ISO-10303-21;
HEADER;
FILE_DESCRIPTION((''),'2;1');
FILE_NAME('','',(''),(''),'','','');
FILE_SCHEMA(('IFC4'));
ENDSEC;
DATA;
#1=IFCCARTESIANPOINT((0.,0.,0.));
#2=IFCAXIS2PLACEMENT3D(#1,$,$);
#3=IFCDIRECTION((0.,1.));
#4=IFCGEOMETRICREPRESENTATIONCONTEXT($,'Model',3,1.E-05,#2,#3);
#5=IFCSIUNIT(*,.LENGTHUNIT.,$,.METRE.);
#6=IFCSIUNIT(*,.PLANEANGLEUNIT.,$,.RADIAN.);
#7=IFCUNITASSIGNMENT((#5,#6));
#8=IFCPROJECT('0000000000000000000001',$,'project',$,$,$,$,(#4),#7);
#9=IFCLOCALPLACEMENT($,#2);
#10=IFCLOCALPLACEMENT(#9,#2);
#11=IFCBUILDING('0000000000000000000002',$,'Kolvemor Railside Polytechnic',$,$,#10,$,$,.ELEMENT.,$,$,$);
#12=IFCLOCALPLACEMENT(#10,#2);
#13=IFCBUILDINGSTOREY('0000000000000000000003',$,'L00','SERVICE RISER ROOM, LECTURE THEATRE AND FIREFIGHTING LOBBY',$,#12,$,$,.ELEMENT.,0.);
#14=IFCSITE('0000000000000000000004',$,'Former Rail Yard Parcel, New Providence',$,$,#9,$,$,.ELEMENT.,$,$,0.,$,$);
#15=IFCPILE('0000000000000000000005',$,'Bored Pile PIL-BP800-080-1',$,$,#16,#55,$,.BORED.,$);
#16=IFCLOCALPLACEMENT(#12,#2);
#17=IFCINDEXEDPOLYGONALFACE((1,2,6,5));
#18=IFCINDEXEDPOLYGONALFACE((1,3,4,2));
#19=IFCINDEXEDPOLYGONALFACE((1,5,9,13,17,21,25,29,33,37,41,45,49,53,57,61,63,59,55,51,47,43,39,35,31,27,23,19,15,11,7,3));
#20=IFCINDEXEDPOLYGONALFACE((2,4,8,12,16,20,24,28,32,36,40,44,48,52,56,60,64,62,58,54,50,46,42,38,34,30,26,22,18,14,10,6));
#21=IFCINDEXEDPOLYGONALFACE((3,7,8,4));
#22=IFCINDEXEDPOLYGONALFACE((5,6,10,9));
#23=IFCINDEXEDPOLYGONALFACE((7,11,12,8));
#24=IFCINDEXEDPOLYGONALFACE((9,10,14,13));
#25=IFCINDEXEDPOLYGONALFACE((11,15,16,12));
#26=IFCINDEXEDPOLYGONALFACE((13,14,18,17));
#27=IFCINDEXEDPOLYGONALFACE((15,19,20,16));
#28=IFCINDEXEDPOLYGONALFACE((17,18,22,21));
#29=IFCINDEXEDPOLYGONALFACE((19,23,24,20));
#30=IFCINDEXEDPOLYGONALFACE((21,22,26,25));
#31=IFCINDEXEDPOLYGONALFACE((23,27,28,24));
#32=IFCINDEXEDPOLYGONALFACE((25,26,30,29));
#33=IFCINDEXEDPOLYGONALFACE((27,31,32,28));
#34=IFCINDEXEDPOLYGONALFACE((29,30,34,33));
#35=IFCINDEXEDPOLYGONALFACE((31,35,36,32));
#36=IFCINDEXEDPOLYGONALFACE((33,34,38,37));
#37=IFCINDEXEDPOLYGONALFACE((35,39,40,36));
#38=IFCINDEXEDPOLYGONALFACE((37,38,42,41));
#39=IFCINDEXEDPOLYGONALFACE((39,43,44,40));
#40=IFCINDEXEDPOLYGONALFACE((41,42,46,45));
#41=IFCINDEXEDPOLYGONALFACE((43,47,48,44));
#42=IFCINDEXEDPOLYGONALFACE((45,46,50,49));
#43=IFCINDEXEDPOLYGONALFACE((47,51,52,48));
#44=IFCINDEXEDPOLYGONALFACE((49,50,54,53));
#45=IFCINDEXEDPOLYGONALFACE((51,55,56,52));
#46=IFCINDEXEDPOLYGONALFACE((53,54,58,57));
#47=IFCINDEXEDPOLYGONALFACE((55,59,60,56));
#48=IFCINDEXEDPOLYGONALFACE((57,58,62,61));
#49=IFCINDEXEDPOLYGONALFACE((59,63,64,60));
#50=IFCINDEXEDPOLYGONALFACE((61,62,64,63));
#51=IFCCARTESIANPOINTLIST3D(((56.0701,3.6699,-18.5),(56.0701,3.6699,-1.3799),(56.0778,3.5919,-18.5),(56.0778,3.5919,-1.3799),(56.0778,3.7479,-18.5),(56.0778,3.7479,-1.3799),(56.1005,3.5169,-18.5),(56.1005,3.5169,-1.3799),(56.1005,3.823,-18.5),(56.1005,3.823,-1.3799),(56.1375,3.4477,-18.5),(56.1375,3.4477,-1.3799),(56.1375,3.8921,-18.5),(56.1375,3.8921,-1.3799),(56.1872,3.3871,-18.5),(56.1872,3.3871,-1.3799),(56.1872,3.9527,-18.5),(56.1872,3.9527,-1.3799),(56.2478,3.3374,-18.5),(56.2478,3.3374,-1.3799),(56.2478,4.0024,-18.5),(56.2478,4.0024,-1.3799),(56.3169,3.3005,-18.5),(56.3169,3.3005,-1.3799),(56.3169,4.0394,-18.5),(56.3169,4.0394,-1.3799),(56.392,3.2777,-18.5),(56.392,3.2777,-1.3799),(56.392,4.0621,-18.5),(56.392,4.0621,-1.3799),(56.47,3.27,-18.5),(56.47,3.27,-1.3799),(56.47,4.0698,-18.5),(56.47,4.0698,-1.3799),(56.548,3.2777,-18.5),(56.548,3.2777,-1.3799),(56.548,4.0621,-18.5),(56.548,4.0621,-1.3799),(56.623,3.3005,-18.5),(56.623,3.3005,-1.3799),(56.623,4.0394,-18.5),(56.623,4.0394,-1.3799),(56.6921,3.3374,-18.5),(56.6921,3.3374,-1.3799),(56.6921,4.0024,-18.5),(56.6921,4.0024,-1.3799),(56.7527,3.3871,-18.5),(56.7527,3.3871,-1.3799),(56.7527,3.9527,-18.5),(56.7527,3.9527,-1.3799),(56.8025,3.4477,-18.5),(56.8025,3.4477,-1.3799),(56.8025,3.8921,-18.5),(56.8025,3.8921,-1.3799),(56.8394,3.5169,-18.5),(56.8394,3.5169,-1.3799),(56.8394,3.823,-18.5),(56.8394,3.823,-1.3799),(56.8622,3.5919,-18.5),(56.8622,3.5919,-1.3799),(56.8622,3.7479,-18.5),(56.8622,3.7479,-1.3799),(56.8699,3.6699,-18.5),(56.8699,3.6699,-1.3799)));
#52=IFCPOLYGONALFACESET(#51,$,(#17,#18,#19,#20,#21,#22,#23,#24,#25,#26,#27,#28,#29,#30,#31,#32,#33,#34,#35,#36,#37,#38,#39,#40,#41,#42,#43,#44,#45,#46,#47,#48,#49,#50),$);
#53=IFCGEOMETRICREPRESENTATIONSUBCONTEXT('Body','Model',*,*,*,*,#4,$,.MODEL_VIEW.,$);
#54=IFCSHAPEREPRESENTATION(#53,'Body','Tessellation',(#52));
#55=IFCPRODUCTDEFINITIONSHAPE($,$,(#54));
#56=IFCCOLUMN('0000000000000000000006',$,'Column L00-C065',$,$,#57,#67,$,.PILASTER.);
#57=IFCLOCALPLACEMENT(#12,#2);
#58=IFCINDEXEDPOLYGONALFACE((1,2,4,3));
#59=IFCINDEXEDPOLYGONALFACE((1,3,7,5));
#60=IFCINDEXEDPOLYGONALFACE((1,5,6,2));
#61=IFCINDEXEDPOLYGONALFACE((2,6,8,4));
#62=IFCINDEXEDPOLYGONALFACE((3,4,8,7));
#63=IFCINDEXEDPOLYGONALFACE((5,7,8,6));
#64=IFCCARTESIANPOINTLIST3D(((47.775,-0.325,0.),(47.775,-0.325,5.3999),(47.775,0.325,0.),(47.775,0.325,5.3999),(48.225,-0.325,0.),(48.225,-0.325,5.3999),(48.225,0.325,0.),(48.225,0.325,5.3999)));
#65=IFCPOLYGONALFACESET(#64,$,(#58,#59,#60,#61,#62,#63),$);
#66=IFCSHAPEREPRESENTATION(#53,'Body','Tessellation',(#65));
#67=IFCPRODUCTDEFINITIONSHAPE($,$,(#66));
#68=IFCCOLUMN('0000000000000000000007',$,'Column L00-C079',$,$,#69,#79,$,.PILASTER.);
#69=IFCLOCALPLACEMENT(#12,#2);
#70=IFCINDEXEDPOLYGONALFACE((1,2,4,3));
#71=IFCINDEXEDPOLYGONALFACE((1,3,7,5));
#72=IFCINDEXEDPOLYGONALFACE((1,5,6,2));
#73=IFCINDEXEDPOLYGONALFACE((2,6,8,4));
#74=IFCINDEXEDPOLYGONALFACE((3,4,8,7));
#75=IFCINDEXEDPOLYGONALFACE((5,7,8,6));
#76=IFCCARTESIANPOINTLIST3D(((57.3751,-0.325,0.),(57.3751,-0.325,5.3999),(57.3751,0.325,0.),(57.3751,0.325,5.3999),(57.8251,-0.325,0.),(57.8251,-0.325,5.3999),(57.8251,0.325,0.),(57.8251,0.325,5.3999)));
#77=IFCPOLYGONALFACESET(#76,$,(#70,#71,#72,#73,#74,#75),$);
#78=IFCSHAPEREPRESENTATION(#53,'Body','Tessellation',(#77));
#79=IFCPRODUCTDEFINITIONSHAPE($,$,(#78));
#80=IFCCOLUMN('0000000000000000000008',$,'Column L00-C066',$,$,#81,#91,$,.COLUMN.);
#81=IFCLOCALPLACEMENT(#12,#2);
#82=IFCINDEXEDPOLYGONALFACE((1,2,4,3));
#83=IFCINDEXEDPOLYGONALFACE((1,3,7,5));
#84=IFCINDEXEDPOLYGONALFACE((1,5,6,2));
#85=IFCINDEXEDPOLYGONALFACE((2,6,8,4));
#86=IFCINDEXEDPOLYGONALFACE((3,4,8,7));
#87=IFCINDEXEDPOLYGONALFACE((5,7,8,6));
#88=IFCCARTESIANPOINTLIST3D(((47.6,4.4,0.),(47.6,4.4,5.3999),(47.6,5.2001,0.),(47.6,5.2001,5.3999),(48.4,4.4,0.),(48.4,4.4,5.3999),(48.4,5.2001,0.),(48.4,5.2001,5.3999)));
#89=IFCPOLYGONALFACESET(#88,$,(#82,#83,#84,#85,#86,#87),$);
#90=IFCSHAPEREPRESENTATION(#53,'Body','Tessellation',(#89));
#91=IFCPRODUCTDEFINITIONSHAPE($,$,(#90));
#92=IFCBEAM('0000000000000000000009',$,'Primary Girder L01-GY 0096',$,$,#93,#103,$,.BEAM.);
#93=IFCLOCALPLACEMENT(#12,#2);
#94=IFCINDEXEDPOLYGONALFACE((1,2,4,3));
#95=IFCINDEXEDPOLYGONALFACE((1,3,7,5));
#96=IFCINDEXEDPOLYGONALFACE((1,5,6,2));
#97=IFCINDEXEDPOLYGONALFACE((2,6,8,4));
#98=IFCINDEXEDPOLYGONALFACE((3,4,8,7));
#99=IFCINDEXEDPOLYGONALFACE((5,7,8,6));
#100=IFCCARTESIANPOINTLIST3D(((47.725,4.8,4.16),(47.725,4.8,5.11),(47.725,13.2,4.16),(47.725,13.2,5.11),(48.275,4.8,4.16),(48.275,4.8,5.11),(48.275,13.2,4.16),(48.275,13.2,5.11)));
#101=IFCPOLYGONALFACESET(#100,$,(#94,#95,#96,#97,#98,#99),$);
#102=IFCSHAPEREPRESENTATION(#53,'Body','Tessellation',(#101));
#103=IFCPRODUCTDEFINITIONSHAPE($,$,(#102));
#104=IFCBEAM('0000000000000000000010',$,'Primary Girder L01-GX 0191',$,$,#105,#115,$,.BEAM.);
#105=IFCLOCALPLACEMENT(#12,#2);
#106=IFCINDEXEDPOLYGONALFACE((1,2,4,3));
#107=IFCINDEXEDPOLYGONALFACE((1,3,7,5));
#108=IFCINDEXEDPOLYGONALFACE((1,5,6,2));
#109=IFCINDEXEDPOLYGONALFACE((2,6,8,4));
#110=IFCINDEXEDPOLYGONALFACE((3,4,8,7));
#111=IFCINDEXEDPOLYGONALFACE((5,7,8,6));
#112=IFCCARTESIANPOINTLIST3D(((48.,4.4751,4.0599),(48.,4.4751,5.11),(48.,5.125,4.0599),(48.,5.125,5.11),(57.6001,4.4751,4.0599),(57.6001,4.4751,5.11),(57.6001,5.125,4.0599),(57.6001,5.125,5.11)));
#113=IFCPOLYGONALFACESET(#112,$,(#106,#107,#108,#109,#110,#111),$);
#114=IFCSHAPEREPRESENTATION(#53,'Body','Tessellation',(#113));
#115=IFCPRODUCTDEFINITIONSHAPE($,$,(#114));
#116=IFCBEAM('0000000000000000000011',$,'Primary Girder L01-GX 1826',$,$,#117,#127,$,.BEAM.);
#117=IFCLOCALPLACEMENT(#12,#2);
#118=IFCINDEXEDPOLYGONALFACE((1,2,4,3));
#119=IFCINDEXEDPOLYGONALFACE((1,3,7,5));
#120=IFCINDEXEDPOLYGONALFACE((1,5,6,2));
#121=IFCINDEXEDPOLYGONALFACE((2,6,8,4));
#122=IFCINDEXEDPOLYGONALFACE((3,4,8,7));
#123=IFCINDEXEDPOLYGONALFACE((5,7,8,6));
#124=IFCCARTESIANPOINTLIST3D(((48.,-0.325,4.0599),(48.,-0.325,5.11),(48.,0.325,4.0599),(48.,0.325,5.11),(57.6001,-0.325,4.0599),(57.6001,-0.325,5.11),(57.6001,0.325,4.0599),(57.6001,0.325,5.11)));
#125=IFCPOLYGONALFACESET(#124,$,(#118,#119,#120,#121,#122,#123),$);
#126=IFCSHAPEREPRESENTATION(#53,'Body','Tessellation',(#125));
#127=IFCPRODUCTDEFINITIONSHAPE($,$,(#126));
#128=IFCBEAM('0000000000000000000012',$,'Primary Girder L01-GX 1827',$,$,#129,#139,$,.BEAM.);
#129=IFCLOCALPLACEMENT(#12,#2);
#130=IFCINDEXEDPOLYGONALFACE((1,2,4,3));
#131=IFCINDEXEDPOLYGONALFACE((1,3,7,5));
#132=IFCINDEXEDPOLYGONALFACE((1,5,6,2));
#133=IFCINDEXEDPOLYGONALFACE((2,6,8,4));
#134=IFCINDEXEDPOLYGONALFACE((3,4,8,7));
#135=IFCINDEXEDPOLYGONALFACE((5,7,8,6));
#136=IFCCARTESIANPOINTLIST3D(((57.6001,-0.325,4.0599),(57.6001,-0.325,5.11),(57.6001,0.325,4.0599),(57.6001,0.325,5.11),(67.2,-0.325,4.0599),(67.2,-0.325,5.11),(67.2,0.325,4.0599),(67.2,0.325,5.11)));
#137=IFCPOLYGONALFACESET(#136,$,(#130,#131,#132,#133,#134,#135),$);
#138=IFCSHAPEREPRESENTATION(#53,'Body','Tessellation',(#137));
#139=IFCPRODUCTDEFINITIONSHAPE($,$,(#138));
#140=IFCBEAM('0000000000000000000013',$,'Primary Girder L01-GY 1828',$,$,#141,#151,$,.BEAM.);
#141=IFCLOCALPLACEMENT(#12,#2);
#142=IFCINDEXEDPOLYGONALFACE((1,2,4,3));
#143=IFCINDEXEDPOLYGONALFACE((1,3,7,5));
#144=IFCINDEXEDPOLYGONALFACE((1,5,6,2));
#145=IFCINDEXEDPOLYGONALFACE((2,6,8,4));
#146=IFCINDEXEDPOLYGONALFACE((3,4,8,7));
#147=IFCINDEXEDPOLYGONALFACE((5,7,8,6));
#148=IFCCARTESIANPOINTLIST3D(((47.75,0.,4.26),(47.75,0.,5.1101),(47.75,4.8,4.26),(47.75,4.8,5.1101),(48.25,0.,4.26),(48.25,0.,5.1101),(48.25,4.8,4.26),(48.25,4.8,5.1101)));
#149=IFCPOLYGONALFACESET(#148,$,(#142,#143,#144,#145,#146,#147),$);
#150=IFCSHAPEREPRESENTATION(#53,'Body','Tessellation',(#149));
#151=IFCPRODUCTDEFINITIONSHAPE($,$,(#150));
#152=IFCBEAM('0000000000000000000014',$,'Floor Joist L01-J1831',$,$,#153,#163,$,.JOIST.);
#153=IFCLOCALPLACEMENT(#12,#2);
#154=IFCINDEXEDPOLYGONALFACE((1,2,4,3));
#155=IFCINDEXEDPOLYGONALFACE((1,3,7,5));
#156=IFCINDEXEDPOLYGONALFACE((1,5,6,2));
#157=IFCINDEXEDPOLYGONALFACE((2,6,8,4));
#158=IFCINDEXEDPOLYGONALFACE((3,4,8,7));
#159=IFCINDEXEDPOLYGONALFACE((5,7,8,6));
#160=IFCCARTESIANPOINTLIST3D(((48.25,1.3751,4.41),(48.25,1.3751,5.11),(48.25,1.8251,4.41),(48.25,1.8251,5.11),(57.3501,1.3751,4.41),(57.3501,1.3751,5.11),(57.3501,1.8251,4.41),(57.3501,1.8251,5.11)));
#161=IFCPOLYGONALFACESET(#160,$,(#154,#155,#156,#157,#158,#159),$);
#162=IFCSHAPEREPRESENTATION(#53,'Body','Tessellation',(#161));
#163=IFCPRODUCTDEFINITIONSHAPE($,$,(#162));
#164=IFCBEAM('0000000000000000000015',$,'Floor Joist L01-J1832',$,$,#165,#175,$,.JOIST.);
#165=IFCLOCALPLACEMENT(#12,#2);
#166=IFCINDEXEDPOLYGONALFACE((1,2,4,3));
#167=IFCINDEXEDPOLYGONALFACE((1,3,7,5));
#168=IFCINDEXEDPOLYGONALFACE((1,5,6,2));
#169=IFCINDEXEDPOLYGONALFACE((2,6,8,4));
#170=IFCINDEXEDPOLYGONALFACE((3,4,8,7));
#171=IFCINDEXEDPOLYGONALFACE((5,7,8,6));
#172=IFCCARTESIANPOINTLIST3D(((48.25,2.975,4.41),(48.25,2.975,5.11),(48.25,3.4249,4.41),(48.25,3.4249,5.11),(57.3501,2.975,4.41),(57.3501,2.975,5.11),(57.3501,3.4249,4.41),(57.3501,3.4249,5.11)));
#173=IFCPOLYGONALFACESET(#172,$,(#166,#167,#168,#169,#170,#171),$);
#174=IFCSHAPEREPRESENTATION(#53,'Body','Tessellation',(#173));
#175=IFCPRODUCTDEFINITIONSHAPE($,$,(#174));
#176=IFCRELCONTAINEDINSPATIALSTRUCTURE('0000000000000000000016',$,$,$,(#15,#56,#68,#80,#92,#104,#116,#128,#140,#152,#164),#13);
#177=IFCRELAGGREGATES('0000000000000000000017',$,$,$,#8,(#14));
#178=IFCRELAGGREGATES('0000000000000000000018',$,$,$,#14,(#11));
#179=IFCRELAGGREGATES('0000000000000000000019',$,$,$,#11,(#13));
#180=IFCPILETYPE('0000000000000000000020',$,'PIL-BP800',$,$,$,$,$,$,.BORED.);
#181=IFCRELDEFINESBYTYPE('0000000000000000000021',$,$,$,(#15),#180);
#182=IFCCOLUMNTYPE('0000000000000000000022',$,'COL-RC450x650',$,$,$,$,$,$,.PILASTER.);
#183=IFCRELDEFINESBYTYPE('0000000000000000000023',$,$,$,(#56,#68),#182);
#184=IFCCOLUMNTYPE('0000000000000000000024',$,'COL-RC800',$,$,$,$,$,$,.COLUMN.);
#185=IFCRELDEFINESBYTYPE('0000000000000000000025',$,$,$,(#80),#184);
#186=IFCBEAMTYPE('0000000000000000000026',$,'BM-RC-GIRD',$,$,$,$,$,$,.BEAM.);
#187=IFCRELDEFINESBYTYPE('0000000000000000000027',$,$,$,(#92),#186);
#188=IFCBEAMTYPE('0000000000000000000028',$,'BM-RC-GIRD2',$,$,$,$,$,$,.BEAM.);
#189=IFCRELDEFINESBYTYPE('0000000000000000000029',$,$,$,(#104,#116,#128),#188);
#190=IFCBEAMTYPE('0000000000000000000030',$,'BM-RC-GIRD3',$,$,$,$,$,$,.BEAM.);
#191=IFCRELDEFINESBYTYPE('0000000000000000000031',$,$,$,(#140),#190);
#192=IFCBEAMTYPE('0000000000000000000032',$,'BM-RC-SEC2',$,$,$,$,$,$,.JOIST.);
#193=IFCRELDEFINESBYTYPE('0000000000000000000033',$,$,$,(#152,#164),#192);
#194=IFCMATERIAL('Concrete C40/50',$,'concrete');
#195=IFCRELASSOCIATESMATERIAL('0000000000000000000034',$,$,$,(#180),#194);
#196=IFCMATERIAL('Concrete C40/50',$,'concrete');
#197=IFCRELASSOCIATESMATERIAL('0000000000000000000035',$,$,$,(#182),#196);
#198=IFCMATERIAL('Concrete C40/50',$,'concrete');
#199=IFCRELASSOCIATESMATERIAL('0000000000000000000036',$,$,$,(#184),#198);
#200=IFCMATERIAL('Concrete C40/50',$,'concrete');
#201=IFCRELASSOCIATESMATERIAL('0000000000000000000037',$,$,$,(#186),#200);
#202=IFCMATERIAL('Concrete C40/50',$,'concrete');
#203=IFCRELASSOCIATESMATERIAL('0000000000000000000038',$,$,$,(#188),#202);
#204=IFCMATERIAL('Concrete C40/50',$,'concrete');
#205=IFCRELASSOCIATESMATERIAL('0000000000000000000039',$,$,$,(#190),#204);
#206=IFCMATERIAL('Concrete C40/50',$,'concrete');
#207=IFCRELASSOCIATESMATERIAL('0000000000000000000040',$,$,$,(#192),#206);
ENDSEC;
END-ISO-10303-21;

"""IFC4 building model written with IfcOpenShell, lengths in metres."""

from ifc_helpers import new_model, si_unit, direction, frame, origin, origin_2d, place, context, subcontext, project, spatial, rectangle, circle, extrude, material, material_profile, profile_set, type_object, element, save


model = new_model("IFC4")

# Units and contexts
model_context = context("Model", 3, precision=1e-05, world=origin(), true_north=direction((0.0, 1.0)))
body_context = subcontext(model_context, "Body", "Model", "MODEL_VIEW")
ifc_project = project(units=[si_unit("LENGTHUNIT", "METRE"), si_unit("PLANEANGLEUNIT", "RADIAN")], contexts=[model_context])

# Site, building, storey
site_placement = place(None, origin())
site = spatial("IfcSite", under=ifc_project, at=site_placement, Name="Former Rail Yard Parcel, New Providence", CompositionType="ELEMENT", RefElevation=0.0)
building_placement = place(site_placement, origin())
building = spatial("IfcBuilding", under=site, at=building_placement, Name="Kolvemor Railside Polytechnic", CompositionType="ELEMENT")
storey_placement = place(building_placement, origin())
storey = spatial("IfcBuildingStorey", under=building, at=storey_placement, Name="L00", Description="SERVICE RISER ROOM, LECTURE THEATRE AND FIREFIGHTING LOBBY", CompositionType="ELEMENT", Elevation=0.0)

# Pile
ifc_material_1 = material(Name="Concrete C40/50", Category="concrete")
ifc_material_profile_1 = material_profile(ifc_material_1, circle(Radius=0.3999, at=origin_2d()), Name="BP800")
ifc_profile_set_1 = profile_set([ifc_material_profile_1], Name="Concrete C40/50")
pile_type_1 = type_object("IfcPileType", Name="PIL-BP800", PredefinedType="BORED", material=ifc_profile_set_1)
for number, where, z_axis, x_axis, name in (
    (1, (56.47, 3.6699, -1.3799), (0.0, 0.0, -1.0), (1.0, 0.0, 0.0), "Bored Pile PIL-BP800-080-1"),
):
    element("IfcPile", number, at=place(storey_placement, frame(where, z_axis=z_axis, x_axis=x_axis)), inside=storey, type_object=pile_type_1, Name=name, PredefinedType="BORED", context=body_context, shape_type="SweptSolid", body=[
        extrude(circle(Radius=0.3999, at=origin_2d()), origin(), (0.0, 0.0, 1.0), 17.1201),
    ])

# Columns
ifc_material_2 = material(Name="Concrete C40/50", Category="concrete")
ifc_material_profile_2 = material_profile(ifc_material_2, rectangle(XDim=0.45, YDim=0.6499, at=origin_2d()), Name="RC450x650")
ifc_profile_set_2 = profile_set([ifc_material_profile_2], Name="Concrete C40/50")
column_type_1 = type_object("IfcColumnType", Name="COL-RC450x650", PredefinedType="PILASTER", material=ifc_profile_set_2)
for number, where, z_axis, x_axis, name in (
    (2, (48.0, 0.0, 0.0), (0.0, 0.0, 1.0), (1.0, 0.0, 0.0), "Column L00-C065"),
    (3, (57.6001, 0.0, 0.0), (0.0, 0.0, 1.0), (1.0, 0.0, 0.0), "Column L00-C079"),
):
    element("IfcColumn", number, at=place(storey_placement, frame(where, z_axis=z_axis, x_axis=x_axis)), inside=storey, type_object=column_type_1, Name=name, PredefinedType="PILASTER", context=body_context, shape_type="SweptSolid", body=[
        extrude(rectangle(XDim=0.45, YDim=0.6499, at=origin_2d()), origin(), (0.0, 0.0, 1.0), 5.3999),
    ])
ifc_material_3 = material(Name="Concrete C40/50", Category="concrete")
ifc_material_profile_3 = material_profile(ifc_material_3, rectangle(XDim=0.8, YDim=0.8, at=origin_2d()), Name="RC800x800")
ifc_profile_set_3 = profile_set([ifc_material_profile_3], Name="Concrete C40/50")
column_type_2 = type_object("IfcColumnType", Name="COL-RC800", PredefinedType="COLUMN", material=ifc_profile_set_3)
column_placement = place(storey_placement, frame((48.0, 4.8, 0.0), z_axis=(0.0, 0.0, 1.0), x_axis=(1.0, 0.0, 0.0)))
element("IfcColumn", 4, at=column_placement, inside=storey, type_object=column_type_2, Name="Column L00-C066", PredefinedType="COLUMN", context=body_context, shape_type="SweptSolid", body=[
    extrude(rectangle(XDim=0.8, YDim=0.8, at=origin_2d()), origin(), (0.0, 0.0, 1.0), 5.3999),
])

# Beams
ifc_material_4 = material(Name="Concrete C40/50", Category="concrete")
ifc_material_profile_4 = material_profile(ifc_material_4, rectangle(XDim=0.55, YDim=0.95, at=origin_2d()), Name="RC550x950")
ifc_profile_set_4 = profile_set([ifc_material_profile_4], Name="Concrete C40/50")
beam_type_1 = type_object("IfcBeamType", Name="BM-RC-GIRD", PredefinedType="BEAM", material=ifc_profile_set_4)
beam_1_placement = place(storey_placement, frame((48.0, 4.8, 4.635), z_axis=(0.0, 1.0, 0.0), x_axis=(-1.0, 0.0, 0.0)))
element("IfcBeam", 5, at=beam_1_placement, inside=storey, type_object=beam_type_1, Name="Primary Girder L01-GY 0096", PredefinedType="BEAM", context=body_context, shape_type="SweptSolid", body=[
    extrude(rectangle(XDim=0.55, YDim=0.95, at=origin_2d()), origin(), (0.0, 0.0, 1.0), 8.3999),
])
ifc_material_5 = material(Name="Concrete C40/50", Category="concrete")
ifc_material_profile_5 = material_profile(ifc_material_5, rectangle(XDim=0.6499, YDim=1.05, at=origin_2d()), Name="RC650x1050")
ifc_profile_set_5 = profile_set([ifc_material_profile_5], Name="Concrete C40/50")
beam_type_2 = type_object("IfcBeamType", Name="BM-RC-GIRD2", PredefinedType="BEAM", material=ifc_profile_set_5)
for number, where, z_axis, x_axis, name in (
    (6, (48.0, 4.8, 4.585), (1.0, 0.0, 0.0), (0.0, 1.0, 0.0), "Primary Girder L01-GX 0191"),
    (7, (48.0, 0.0, 4.585), (1.0, 0.0, 0.0), (0.0, 1.0, 0.0), "Primary Girder L01-GX 1826"),
):
    element("IfcBeam", number, at=place(storey_placement, frame(where, z_axis=z_axis, x_axis=x_axis)), inside=storey, type_object=beam_type_2, Name=name, PredefinedType="BEAM", context=body_context, shape_type="SweptSolid", body=[
        extrude(rectangle(XDim=0.6499, YDim=1.05, at=origin_2d()), origin(), (0.0, 0.0, 1.0), 9.6001),
    ])
beam_2_placement = place(storey_placement, frame((57.6001, 0.0, 4.585), z_axis=(1.0, 0.0, 0.0), x_axis=(0.0, 1.0, 0.0)))
element("IfcBeam", 8, at=beam_2_placement, inside=storey, type_object=beam_type_2, Name="Primary Girder L01-GX 1827", PredefinedType="BEAM", context=body_context, shape_type="SweptSolid", body=[
    extrude(rectangle(XDim=0.6499, YDim=1.05, at=origin_2d()), origin(), (0.0, 0.0, 1.0), 9.5999),
])
ifc_material_6 = material(Name="Concrete C40/50", Category="concrete")
ifc_material_profile_6 = material_profile(ifc_material_6, rectangle(XDim=0.5, YDim=0.8501, at=origin_2d()), Name="RC500x850")
ifc_profile_set_6 = profile_set([ifc_material_profile_6], Name="Concrete C40/50")
beam_type_3 = type_object("IfcBeamType", Name="BM-RC-GIRD3", PredefinedType="BEAM", material=ifc_profile_set_6)
beam_3_placement = place(storey_placement, frame((48.0, 0.0, 4.6851), z_axis=(0.0, 1.0, 0.0), x_axis=(-1.0, 0.0, 0.0)))
element("IfcBeam", 9, at=beam_3_placement, inside=storey, type_object=beam_type_3, Name="Primary Girder L01-GY 1828", PredefinedType="BEAM", context=body_context, shape_type="SweptSolid", body=[
    extrude(rectangle(XDim=0.5, YDim=0.8501, at=origin_2d()), origin(), (0.0, 0.0, 1.0), 4.8),
])
ifc_material_7 = material(Name="Concrete C40/50", Category="concrete")
ifc_material_profile_7 = material_profile(ifc_material_7, rectangle(XDim=0.45, YDim=0.7, at=origin_2d()), Name="RC450x700")
ifc_profile_set_7 = profile_set([ifc_material_profile_7], Name="Concrete C40/50")
beam_type_4 = type_object("IfcBeamType", Name="BM-RC-SEC2", PredefinedType="JOIST", material=ifc_profile_set_7)
for number, where, z_axis, x_axis, name in (
    (10, (48.25, 1.6001, 4.76), (1.0, 0.0, 0.0), (0.0, 1.0, 0.0), "Floor Joist L01-J1831"),
    (11, (48.25, 3.2, 4.76), (1.0, 0.0, 0.0), (0.0, 1.0, 0.0), "Floor Joist L01-J1832"),
):
    element("IfcBeam", number, at=place(storey_placement, frame(where, z_axis=z_axis, x_axis=x_axis)), inside=storey, type_object=beam_type_4, Name=name, PredefinedType="JOIST", context=body_context, shape_type="SweptSolid", body=[
        extrude(rectangle(XDim=0.45, YDim=0.7, at=origin_2d()), origin(), (0.0, 0.0, 1.0), 9.1001),
    ])

save(model, "model.ifc")
